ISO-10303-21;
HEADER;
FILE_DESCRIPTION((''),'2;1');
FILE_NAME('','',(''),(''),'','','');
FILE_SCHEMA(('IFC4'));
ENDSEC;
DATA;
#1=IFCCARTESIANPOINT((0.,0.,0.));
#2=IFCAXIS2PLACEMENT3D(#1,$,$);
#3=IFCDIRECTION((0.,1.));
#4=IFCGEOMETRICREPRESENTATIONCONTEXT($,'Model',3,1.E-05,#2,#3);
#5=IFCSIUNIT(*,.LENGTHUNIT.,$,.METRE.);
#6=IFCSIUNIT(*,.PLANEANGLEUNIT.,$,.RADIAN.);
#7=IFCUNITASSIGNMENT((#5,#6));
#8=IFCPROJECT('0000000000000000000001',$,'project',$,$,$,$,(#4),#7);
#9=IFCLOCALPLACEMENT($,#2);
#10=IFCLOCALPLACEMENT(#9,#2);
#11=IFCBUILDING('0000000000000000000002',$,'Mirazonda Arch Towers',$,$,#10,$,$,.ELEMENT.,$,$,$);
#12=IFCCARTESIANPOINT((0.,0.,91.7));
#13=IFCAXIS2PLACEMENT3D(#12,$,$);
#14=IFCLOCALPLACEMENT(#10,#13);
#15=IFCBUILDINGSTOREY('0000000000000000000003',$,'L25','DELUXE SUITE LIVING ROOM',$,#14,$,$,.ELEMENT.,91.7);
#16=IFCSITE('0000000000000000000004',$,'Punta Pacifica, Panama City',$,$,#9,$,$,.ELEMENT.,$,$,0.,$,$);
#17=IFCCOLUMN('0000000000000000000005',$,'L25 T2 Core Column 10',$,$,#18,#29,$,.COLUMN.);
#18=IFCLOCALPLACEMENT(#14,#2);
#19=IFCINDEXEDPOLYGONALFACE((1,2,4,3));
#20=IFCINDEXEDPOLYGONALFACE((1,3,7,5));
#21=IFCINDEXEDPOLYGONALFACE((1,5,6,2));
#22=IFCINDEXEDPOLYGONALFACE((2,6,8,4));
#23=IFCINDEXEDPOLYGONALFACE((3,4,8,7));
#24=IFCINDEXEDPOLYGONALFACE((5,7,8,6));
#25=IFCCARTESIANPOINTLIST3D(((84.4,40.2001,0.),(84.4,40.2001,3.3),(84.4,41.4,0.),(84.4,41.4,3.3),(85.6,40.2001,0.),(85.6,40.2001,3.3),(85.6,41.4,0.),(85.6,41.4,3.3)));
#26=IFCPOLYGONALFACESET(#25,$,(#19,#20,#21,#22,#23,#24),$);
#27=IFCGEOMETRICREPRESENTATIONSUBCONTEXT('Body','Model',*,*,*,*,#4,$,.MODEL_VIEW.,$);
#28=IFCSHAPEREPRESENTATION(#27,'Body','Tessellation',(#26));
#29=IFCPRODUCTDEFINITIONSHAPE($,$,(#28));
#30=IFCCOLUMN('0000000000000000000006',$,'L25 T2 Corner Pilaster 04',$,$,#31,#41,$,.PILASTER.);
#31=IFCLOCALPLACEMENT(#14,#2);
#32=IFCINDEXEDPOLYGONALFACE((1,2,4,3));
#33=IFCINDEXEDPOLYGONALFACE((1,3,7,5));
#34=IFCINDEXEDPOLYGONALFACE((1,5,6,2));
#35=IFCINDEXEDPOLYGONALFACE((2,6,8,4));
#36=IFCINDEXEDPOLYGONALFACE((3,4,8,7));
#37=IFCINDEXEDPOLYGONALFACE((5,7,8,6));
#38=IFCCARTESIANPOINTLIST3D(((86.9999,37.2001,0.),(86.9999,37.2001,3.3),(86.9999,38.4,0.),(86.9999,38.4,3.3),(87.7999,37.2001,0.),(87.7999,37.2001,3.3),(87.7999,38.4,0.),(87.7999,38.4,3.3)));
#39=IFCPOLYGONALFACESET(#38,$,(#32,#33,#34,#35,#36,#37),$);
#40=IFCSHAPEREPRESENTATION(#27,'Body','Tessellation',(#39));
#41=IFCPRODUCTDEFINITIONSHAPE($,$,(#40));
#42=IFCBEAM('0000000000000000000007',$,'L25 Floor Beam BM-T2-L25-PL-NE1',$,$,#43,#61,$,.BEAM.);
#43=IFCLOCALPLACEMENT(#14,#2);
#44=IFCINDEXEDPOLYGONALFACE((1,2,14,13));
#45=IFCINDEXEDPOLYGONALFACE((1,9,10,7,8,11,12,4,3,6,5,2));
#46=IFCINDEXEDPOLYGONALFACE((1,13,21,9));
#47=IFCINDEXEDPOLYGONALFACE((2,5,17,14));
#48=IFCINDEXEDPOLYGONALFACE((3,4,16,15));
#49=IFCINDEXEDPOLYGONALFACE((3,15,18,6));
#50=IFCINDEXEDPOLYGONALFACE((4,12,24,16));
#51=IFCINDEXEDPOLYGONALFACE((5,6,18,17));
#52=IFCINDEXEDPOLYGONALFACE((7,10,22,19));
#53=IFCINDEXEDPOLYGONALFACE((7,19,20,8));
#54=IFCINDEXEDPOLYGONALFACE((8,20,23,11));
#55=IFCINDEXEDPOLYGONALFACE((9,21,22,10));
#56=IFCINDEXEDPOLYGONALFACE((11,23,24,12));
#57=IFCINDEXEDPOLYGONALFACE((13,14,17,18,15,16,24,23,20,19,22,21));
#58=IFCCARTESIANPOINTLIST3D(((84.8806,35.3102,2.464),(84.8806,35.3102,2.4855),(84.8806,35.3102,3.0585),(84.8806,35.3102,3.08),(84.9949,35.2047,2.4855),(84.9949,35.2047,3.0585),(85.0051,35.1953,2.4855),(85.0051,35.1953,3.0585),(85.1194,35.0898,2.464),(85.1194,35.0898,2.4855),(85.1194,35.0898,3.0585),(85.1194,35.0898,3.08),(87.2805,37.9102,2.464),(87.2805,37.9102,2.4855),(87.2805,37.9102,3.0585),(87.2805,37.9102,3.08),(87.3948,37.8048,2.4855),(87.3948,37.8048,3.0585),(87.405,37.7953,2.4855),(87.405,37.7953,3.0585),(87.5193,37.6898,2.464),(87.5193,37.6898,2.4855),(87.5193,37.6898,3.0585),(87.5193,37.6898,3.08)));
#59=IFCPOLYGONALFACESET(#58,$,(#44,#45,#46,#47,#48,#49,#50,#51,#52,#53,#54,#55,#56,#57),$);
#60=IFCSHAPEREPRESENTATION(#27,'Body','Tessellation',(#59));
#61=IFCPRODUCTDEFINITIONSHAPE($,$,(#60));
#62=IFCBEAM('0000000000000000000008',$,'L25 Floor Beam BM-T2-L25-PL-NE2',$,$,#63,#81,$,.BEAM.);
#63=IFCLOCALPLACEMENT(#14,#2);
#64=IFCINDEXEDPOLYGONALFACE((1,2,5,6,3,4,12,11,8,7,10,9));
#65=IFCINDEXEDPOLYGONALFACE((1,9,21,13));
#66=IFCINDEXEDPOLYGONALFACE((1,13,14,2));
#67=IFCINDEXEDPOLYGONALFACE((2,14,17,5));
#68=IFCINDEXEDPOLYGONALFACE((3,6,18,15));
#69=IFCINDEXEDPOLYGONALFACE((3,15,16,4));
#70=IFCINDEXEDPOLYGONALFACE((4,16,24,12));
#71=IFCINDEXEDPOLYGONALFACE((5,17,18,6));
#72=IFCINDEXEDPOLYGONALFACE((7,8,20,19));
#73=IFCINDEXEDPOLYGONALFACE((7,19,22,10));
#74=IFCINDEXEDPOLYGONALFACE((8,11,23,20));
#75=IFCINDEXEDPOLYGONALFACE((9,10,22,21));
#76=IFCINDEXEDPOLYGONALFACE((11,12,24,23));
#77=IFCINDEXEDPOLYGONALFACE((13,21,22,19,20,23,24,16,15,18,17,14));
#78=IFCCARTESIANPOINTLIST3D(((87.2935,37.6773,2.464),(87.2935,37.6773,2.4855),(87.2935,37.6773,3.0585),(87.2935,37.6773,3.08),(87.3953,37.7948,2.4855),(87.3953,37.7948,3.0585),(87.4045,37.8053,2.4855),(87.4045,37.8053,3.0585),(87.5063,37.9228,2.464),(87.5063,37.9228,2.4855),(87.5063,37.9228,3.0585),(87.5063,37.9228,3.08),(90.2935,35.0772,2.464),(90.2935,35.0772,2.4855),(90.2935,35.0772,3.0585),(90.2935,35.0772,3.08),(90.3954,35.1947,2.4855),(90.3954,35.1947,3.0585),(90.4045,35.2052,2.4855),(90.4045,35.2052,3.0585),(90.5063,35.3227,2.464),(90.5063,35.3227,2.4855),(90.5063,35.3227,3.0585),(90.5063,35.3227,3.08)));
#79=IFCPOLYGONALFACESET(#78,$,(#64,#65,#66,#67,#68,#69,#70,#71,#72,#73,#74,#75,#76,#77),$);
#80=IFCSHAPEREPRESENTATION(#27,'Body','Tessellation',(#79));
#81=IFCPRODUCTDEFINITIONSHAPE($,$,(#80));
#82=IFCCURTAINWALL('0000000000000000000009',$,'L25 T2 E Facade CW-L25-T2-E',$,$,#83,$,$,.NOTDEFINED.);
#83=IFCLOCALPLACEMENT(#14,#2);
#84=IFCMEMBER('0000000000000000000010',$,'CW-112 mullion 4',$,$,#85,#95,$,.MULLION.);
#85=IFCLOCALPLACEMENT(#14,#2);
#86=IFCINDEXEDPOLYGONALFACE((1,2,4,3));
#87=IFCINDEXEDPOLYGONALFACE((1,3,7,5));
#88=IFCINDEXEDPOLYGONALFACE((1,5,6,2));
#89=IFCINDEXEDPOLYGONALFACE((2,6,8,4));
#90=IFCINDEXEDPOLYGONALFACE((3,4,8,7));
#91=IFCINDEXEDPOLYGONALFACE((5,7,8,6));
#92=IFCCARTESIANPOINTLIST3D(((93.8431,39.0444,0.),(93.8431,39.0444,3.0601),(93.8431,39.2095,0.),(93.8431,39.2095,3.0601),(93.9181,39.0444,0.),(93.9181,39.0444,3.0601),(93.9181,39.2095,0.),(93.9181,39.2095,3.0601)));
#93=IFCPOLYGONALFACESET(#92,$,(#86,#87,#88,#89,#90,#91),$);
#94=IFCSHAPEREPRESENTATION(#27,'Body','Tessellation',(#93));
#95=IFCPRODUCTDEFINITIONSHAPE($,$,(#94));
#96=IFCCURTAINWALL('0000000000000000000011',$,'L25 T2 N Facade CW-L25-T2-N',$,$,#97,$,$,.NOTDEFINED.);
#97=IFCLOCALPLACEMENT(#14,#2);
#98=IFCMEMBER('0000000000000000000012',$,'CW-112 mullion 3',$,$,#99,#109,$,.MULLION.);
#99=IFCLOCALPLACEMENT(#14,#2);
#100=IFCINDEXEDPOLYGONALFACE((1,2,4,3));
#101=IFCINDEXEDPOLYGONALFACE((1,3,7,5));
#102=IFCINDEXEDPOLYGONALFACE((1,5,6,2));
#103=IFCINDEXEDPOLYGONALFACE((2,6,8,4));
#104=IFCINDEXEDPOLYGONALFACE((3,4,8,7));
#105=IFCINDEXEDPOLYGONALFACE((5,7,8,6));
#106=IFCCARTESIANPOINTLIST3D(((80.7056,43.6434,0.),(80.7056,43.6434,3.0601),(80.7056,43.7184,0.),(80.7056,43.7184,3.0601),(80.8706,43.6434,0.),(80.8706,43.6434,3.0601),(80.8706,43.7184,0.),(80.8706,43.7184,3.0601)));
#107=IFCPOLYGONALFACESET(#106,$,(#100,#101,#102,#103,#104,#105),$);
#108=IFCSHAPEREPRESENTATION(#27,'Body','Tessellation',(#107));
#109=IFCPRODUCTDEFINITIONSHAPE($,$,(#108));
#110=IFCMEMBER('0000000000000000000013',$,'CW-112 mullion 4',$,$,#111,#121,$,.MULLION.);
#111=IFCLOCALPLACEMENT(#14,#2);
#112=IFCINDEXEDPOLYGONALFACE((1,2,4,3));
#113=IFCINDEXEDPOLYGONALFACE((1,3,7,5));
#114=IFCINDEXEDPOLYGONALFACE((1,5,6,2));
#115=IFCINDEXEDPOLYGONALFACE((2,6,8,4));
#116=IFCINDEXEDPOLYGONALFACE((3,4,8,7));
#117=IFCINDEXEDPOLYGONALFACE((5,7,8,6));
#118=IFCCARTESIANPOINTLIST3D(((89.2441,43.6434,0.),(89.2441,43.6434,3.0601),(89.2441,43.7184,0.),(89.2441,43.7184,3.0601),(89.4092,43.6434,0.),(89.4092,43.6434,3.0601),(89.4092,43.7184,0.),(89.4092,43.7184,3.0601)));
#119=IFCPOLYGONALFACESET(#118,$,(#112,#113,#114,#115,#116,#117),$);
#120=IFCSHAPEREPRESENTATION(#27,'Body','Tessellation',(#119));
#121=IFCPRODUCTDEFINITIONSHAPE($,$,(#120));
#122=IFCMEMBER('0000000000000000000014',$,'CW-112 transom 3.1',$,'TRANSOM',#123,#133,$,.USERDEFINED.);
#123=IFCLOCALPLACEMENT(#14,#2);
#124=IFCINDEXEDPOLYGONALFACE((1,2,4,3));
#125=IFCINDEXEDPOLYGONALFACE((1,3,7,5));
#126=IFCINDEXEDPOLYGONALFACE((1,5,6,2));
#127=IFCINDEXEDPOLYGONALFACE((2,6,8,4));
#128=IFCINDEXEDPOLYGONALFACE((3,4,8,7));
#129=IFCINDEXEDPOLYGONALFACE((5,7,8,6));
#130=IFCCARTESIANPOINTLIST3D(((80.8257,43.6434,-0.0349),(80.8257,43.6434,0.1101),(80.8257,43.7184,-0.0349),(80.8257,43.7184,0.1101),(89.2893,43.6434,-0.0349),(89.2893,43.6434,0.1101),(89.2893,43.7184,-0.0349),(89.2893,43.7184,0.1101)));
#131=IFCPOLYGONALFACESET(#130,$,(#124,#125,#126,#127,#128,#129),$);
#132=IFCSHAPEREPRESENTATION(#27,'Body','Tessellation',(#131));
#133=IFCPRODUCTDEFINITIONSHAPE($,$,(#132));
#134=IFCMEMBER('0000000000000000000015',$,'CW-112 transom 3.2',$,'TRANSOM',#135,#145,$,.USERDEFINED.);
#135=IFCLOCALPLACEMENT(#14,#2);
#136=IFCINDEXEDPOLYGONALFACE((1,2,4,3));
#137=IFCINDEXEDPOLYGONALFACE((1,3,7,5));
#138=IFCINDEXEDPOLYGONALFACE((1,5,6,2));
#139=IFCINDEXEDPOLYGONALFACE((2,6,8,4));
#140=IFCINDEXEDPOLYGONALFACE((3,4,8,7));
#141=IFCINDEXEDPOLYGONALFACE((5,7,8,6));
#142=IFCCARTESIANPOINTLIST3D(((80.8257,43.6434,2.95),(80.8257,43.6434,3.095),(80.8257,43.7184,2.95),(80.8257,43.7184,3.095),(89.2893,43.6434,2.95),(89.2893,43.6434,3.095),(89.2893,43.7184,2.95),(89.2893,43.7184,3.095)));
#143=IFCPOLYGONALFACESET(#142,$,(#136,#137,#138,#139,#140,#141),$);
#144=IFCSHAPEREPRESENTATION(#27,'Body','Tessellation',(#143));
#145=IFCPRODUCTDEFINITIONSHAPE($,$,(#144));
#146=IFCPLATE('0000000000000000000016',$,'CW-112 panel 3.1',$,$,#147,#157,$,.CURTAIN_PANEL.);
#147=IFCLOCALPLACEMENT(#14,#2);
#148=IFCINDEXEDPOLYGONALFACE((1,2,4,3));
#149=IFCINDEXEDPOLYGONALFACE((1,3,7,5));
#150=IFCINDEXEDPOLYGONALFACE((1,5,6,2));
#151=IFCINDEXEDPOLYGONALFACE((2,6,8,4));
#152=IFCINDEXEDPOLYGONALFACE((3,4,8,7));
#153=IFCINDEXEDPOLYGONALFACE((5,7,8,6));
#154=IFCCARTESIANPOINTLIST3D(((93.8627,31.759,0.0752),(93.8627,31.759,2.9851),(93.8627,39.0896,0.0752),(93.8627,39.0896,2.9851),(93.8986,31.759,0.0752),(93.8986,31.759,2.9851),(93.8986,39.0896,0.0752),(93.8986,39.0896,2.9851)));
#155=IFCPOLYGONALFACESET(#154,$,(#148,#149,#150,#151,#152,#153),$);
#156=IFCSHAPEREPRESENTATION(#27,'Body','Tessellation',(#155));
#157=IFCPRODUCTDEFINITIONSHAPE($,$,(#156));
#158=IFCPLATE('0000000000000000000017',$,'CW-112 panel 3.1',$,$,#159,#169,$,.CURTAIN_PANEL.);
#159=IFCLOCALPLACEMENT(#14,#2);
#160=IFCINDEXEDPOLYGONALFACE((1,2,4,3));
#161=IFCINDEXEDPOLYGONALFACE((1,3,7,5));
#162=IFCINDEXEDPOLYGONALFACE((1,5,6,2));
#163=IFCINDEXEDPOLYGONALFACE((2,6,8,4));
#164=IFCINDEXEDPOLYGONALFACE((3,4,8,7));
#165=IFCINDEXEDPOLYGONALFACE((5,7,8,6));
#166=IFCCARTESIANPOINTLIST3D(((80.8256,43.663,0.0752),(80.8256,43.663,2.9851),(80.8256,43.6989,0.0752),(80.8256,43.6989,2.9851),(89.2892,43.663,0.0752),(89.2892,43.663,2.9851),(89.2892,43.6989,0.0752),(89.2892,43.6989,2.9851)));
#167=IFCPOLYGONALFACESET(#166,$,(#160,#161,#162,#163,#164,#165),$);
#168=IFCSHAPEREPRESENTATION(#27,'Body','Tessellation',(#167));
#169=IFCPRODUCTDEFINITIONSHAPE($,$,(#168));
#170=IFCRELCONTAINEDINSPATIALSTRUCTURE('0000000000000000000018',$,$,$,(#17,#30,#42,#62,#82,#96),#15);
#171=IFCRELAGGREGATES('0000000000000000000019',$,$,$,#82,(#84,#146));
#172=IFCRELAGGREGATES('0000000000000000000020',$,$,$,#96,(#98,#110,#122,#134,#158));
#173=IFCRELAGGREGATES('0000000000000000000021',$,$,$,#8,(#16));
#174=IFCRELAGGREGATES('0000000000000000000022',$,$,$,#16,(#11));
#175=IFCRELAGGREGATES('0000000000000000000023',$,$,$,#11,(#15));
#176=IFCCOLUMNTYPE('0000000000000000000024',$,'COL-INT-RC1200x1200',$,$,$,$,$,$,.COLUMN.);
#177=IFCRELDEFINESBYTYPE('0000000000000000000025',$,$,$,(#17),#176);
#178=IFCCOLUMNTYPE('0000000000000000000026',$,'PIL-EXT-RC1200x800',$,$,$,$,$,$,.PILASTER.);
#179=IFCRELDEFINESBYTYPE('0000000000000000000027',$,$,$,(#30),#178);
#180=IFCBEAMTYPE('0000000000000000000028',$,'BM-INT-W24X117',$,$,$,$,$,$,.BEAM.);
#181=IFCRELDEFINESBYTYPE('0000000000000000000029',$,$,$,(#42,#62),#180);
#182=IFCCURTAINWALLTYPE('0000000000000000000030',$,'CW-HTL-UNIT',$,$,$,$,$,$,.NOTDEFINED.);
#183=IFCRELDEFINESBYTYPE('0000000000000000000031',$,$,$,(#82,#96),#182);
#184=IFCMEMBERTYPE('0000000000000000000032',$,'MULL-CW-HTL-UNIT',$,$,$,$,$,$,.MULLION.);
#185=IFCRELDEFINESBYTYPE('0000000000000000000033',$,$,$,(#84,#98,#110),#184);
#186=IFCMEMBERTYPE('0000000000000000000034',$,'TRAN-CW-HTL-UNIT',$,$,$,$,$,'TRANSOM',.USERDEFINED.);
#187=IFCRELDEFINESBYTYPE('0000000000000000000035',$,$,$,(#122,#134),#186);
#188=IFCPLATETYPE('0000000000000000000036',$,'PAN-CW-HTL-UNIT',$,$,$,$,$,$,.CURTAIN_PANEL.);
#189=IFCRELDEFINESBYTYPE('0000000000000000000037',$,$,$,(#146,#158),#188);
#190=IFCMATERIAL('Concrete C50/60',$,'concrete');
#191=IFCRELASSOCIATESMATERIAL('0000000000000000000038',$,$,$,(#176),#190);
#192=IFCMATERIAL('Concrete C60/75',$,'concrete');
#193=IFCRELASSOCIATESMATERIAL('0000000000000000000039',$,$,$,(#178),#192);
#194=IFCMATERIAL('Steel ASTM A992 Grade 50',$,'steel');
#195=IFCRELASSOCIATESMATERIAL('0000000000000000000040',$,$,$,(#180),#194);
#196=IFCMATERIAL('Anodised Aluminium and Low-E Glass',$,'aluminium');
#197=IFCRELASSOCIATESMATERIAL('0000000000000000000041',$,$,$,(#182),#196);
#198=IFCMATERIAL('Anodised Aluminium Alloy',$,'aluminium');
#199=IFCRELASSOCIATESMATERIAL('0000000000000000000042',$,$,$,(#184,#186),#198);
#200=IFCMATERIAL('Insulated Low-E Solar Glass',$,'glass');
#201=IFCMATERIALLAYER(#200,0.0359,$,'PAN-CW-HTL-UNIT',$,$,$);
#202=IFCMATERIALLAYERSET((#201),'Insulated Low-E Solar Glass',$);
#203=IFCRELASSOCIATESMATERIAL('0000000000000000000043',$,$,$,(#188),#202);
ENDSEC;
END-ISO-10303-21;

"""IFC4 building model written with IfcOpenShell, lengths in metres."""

from ifc_helpers import new_model, si_unit, direction, frame, origin, origin_2d, place, context, subcontext, project, spatial, rectangle, i_section, extrude, material, layer, layer_set, material_profile, profile_set, type_object, element, aggregate, save


model = new_model("IFC4")

# Units and contexts
model_context = context("Model", 3, precision=1e-05, world=origin(), true_north=direction((0.0, 1.0)))
body_context = subcontext(model_context, "Body", "Model", "MODEL_VIEW")
ifc_project = project(units=[si_unit("LENGTHUNIT", "METRE"), si_unit("PLANEANGLEUNIT", "RADIAN")], contexts=[model_context])

# Site, building, storey
site_placement = place(None, origin())
site = spatial("IfcSite", under=ifc_project, at=site_placement, Name="Punta Pacifica, Panama City", CompositionType="ELEMENT", RefElevation=0.0)
building_placement = place(site_placement, origin())
building = spatial("IfcBuilding", under=site, at=building_placement, Name="Mirazonda Arch Towers", CompositionType="ELEMENT")
storey_placement = place(building_placement, frame((0.0, 0.0, 91.7)))
storey = spatial("IfcBuildingStorey", under=building, at=storey_placement, Name="L25", Description="DELUXE SUITE LIVING ROOM", CompositionType="ELEMENT", Elevation=91.7)

# Columns
ifc_material_1 = material(Name="Concrete C50/60", Category="concrete")
ifc_material_profile_1 = material_profile(ifc_material_1, rectangle(XDim=1.2, YDim=1.2, at=origin_2d()), Name="RC1200x1200")
ifc_profile_set_1 = profile_set([ifc_material_profile_1], Name="Concrete C50/60")
column_type_1 = type_object("IfcColumnType", Name="COL-INT-RC1200x1200", PredefinedType="COLUMN", material=ifc_profile_set_1)
column_1_placement = place(storey_placement, frame((85.0, 40.8, 0.0), z_axis=(0.0, 0.0, 1.0), x_axis=(1.0, 0.0, 0.0)))
element("IfcColumn", 1, at=column_1_placement, inside=storey, type_object=column_type_1, Name="L25 T2 Core Column 10", PredefinedType="COLUMN", context=body_context, shape_type="SweptSolid", body=[
    extrude(rectangle(XDim=1.2, YDim=1.2, at=origin_2d()), origin(), (0.0, 0.0, 1.0), 3.3),
])
ifc_material_2 = material(Name="Concrete C60/75", Category="concrete")
ifc_material_profile_2 = material_profile(ifc_material_2, rectangle(XDim=0.8, YDim=1.2, at=origin_2d()), Name="RC1200x800")
ifc_profile_set_2 = profile_set([ifc_material_profile_2], Name="Concrete C60/75")
column_type_2 = type_object("IfcColumnType", Name="PIL-EXT-RC1200x800", PredefinedType="PILASTER", material=ifc_profile_set_2)
column_2_placement = place(storey_placement, frame((87.3999, 37.8, 0.0), z_axis=(0.0, 0.0, 1.0), x_axis=(1.0, 0.0, 0.0)))
element("IfcColumn", 2, at=column_2_placement, inside=storey, type_object=column_type_2, Name="L25 T2 Corner Pilaster 04", PredefinedType="PILASTER", context=body_context, shape_type="SweptSolid", body=[
    extrude(rectangle(XDim=0.8, YDim=1.2, at=origin_2d()), origin(), (0.0, 0.0, 1.0), 3.3),
])

# Beams
ifc_material_3 = material(Name="Steel ASTM A992 Grade 50", Category="steel")
ifc_material_profile_3 = material_profile(ifc_material_3, i_section(OverallWidth=0.325, OverallDepth=0.616, WebThickness=0.0139, FlangeThickness=0.0215, at=origin_2d()), Name="W24X117")
ifc_profile_set_3 = profile_set([ifc_material_profile_3], Name="Steel ASTM A992 Grade 50")
beam_type = type_object("IfcBeamType", Name="BM-INT-W24X117", PredefinedType="BEAM", material=ifc_profile_set_3)
beam_1_placement = place(storey_placement, frame((87.3999, 37.8, 2.772), z_axis=(-0.678251, -0.73483, 0.0), x_axis=(0.73483, -0.678251, 0.0)))
element("IfcBeam", 3, at=beam_1_placement, inside=storey, type_object=beam_type, Name="L25 Floor Beam BM-T2-L25-PL-NE1", PredefinedType="BEAM", context=body_context, shape_type="SweptSolid", body=[
    extrude(i_section(OverallWidth=0.325, OverallDepth=0.616, WebThickness=0.0139, FlangeThickness=0.0215, at=origin_2d()), origin(), (0.0, 0.0, 1.0), 3.5383),
])
beam_2_placement = place(storey_placement, frame((87.3999, 37.8, 2.772), z_axis=(0.755677, -0.654945, 0.0), x_axis=(0.654945, 0.755677, 0.0)))
element("IfcBeam", 4, at=beam_2_placement, inside=storey, type_object=beam_type, Name="L25 Floor Beam BM-T2-L25-PL-NE2", PredefinedType="BEAM", context=body_context, shape_type="SweptSolid", body=[
    extrude(i_section(OverallWidth=0.325, OverallDepth=0.616, WebThickness=0.0139, FlangeThickness=0.0215, at=origin_2d()), origin(), (0.0, 0.0, 1.0), 3.97),
])

# Curtain wall, member
ifc_material_4 = material(Name="Anodised Aluminium and Low-E Glass", Category="aluminium")
curtain_wall_type = type_object("IfcCurtainWallType", Name="CW-HTL-UNIT", PredefinedType="NOTDEFINED", material=ifc_material_4)
curtain_wall_1_placement = place(storey_placement, origin())
curtain_wall_1 = element("IfcCurtainWall", 5, at=curtain_wall_1_placement, inside=storey, type_object=curtain_wall_type, Name="L25 T2 E Facade CW-L25-T2-E", PredefinedType="NOTDEFINED")
ifc_material_5 = material(Name="Anodised Aluminium Alloy", Category="aluminium")
ifc_material_profile_4 = material_profile(ifc_material_5, rectangle(XDim=0.075, YDim=0.165, at=origin_2d()), Name="ALU-MULL-75x165")
ifc_profile_set_4 = profile_set([ifc_material_profile_4], Name="Anodised Aluminium Alloy")
member_type_1 = type_object("IfcMemberType", Name="MULL-CW-HTL-UNIT", PredefinedType="MULLION", material=ifc_profile_set_4)
member_1_placement = place(storey_placement, frame((93.8806, 39.127, 0.0), z_axis=(0.0, 0.0, 1.0), x_axis=(-1.0, 0.0, 0.0)))
member_1 = element("IfcMember", 6, at=member_1_placement, type_object=member_type_1, Name="CW-112 mullion 4", PredefinedType="MULLION", context=body_context, shape_type="SweptSolid", body=[
    extrude(rectangle(XDim=0.075, YDim=0.165, at=origin_2d()), origin(), (0.0, 0.0, 1.0), 3.0601),
])

# Curtain wall, members
curtain_wall_2_placement = place(storey_placement, origin())
curtain_wall_2 = element("IfcCurtainWall", 7, at=curtain_wall_2_placement, inside=storey, type_object=curtain_wall_type, Name="L25 T2 N Facade CW-L25-T2-N", PredefinedType="NOTDEFINED")
member_2_placement = place(storey_placement, frame((80.7881, 43.6809, 0.0), z_axis=(0.0, 0.0, 1.0), x_axis=(0.0, 1.0, 0.0)))
member_2 = element("IfcMember", 8, at=member_2_placement, type_object=member_type_1, Name="CW-112 mullion 3", PredefinedType="MULLION", context=body_context, shape_type="SweptSolid", body=[
    extrude(rectangle(XDim=0.075, YDim=0.165, at=origin_2d()), origin(), (0.0, 0.0, 1.0), 3.0601),
])
member_3_placement = place(storey_placement, frame((89.3267, 43.6809, 0.0), z_axis=(0.0, 0.0, 1.0), x_axis=(0.0, 1.0, 0.0)))
member_3 = element("IfcMember", 9, at=member_3_placement, type_object=member_type_1, Name="CW-112 mullion 4", PredefinedType="MULLION", context=body_context, shape_type="SweptSolid", body=[
    extrude(rectangle(XDim=0.075, YDim=0.165, at=origin_2d()), origin(), (0.0, 0.0, 1.0), 3.0601),
])
ifc_material_profile_5 = material_profile(ifc_material_5, rectangle(XDim=0.075, YDim=0.145, at=origin_2d()), Name="ALU-TRAN-75x145")
ifc_profile_set_5 = profile_set([ifc_material_profile_5], Name="Anodised Aluminium Alloy")
member_type_2 = type_object("IfcMemberType", Name="TRAN-CW-HTL-UNIT", ElementType="TRANSOM", PredefinedType="USERDEFINED", material=ifc_profile_set_5)
member_4_placement = place(storey_placement, frame((80.8257, 43.6809, 0.0376), z_axis=(1.0, 0.0, 0.0), x_axis=(0.0, 1.0, 0.0)))
member_4 = element("IfcMember", 10, at=member_4_placement, type_object=member_type_2, Name="CW-112 transom 3.1", ObjectType="TRANSOM", PredefinedType="USERDEFINED", context=body_context, shape_type="SweptSolid", body=[
    extrude(rectangle(XDim=0.075, YDim=0.145, at=origin_2d()), origin(), (0.0, 0.0, 1.0), 8.4636),
])
member_5_placement = place(storey_placement, frame((80.8257, 43.6809, 3.0225), z_axis=(1.0, 0.0, 0.0), x_axis=(0.0, 1.0, 0.0)))
member_5 = element("IfcMember", 11, at=member_5_placement, type_object=member_type_2, Name="CW-112 transom 3.2", ObjectType="TRANSOM", PredefinedType="USERDEFINED", context=body_context, shape_type="SweptSolid", body=[
    extrude(rectangle(XDim=0.075, YDim=0.145, at=origin_2d()), origin(), (0.0, 0.0, 1.0), 8.4636),
])

# Plates
ifc_material_6 = material(Name="Insulated Low-E Solar Glass", Category="glass")
ifc_layer_1 = layer(ifc_material_6, 0.0359, Name="PAN-CW-HTL-UNIT")
ifc_layer_set_1 = layer_set([ifc_layer_1], Name="Insulated Low-E Solar Glass")
plate_type = type_object("IfcPlateType", Name="PAN-CW-HTL-UNIT", PredefinedType="CURTAIN_PANEL", material=ifc_layer_set_1)
plate_1_placement = place(storey_placement, frame((93.8806, 35.4243, 0.0752), z_axis=(0.0, 0.0, 1.0), x_axis=(0.0, 1.0, 0.0)))
plate_1 = element("IfcPlate", 12, at=plate_1_placement, type_object=plate_type, Name="CW-112 panel 3.1", PredefinedType="CURTAIN_PANEL", context=body_context, shape_type="SweptSolid", body=[
    extrude(rectangle(XDim=7.3306, YDim=0.0359, at=origin_2d()), origin(), (0.0, 0.0, 1.0), 2.9099),
])
aggregate(curtain_wall_1, [member_1, plate_1])
plate_2_placement = place(storey_placement, frame((85.0574, 43.6809, 0.0752), z_axis=(0.0, 0.0, 1.0), x_axis=(1.0, 0.0, 0.0)))
plate_2 = element("IfcPlate", 13, at=plate_2_placement, type_object=plate_type, Name="CW-112 panel 3.1", PredefinedType="CURTAIN_PANEL", context=body_context, shape_type="SweptSolid", body=[
    extrude(rectangle(XDim=8.4636, YDim=0.0359, at=origin_2d()), origin(), (0.0, 0.0, 1.0), 2.9099),
])
aggregate(curtain_wall_2, [member_2, member_3, member_4, member_5, plate_2])

save(model, "model.ifc")
